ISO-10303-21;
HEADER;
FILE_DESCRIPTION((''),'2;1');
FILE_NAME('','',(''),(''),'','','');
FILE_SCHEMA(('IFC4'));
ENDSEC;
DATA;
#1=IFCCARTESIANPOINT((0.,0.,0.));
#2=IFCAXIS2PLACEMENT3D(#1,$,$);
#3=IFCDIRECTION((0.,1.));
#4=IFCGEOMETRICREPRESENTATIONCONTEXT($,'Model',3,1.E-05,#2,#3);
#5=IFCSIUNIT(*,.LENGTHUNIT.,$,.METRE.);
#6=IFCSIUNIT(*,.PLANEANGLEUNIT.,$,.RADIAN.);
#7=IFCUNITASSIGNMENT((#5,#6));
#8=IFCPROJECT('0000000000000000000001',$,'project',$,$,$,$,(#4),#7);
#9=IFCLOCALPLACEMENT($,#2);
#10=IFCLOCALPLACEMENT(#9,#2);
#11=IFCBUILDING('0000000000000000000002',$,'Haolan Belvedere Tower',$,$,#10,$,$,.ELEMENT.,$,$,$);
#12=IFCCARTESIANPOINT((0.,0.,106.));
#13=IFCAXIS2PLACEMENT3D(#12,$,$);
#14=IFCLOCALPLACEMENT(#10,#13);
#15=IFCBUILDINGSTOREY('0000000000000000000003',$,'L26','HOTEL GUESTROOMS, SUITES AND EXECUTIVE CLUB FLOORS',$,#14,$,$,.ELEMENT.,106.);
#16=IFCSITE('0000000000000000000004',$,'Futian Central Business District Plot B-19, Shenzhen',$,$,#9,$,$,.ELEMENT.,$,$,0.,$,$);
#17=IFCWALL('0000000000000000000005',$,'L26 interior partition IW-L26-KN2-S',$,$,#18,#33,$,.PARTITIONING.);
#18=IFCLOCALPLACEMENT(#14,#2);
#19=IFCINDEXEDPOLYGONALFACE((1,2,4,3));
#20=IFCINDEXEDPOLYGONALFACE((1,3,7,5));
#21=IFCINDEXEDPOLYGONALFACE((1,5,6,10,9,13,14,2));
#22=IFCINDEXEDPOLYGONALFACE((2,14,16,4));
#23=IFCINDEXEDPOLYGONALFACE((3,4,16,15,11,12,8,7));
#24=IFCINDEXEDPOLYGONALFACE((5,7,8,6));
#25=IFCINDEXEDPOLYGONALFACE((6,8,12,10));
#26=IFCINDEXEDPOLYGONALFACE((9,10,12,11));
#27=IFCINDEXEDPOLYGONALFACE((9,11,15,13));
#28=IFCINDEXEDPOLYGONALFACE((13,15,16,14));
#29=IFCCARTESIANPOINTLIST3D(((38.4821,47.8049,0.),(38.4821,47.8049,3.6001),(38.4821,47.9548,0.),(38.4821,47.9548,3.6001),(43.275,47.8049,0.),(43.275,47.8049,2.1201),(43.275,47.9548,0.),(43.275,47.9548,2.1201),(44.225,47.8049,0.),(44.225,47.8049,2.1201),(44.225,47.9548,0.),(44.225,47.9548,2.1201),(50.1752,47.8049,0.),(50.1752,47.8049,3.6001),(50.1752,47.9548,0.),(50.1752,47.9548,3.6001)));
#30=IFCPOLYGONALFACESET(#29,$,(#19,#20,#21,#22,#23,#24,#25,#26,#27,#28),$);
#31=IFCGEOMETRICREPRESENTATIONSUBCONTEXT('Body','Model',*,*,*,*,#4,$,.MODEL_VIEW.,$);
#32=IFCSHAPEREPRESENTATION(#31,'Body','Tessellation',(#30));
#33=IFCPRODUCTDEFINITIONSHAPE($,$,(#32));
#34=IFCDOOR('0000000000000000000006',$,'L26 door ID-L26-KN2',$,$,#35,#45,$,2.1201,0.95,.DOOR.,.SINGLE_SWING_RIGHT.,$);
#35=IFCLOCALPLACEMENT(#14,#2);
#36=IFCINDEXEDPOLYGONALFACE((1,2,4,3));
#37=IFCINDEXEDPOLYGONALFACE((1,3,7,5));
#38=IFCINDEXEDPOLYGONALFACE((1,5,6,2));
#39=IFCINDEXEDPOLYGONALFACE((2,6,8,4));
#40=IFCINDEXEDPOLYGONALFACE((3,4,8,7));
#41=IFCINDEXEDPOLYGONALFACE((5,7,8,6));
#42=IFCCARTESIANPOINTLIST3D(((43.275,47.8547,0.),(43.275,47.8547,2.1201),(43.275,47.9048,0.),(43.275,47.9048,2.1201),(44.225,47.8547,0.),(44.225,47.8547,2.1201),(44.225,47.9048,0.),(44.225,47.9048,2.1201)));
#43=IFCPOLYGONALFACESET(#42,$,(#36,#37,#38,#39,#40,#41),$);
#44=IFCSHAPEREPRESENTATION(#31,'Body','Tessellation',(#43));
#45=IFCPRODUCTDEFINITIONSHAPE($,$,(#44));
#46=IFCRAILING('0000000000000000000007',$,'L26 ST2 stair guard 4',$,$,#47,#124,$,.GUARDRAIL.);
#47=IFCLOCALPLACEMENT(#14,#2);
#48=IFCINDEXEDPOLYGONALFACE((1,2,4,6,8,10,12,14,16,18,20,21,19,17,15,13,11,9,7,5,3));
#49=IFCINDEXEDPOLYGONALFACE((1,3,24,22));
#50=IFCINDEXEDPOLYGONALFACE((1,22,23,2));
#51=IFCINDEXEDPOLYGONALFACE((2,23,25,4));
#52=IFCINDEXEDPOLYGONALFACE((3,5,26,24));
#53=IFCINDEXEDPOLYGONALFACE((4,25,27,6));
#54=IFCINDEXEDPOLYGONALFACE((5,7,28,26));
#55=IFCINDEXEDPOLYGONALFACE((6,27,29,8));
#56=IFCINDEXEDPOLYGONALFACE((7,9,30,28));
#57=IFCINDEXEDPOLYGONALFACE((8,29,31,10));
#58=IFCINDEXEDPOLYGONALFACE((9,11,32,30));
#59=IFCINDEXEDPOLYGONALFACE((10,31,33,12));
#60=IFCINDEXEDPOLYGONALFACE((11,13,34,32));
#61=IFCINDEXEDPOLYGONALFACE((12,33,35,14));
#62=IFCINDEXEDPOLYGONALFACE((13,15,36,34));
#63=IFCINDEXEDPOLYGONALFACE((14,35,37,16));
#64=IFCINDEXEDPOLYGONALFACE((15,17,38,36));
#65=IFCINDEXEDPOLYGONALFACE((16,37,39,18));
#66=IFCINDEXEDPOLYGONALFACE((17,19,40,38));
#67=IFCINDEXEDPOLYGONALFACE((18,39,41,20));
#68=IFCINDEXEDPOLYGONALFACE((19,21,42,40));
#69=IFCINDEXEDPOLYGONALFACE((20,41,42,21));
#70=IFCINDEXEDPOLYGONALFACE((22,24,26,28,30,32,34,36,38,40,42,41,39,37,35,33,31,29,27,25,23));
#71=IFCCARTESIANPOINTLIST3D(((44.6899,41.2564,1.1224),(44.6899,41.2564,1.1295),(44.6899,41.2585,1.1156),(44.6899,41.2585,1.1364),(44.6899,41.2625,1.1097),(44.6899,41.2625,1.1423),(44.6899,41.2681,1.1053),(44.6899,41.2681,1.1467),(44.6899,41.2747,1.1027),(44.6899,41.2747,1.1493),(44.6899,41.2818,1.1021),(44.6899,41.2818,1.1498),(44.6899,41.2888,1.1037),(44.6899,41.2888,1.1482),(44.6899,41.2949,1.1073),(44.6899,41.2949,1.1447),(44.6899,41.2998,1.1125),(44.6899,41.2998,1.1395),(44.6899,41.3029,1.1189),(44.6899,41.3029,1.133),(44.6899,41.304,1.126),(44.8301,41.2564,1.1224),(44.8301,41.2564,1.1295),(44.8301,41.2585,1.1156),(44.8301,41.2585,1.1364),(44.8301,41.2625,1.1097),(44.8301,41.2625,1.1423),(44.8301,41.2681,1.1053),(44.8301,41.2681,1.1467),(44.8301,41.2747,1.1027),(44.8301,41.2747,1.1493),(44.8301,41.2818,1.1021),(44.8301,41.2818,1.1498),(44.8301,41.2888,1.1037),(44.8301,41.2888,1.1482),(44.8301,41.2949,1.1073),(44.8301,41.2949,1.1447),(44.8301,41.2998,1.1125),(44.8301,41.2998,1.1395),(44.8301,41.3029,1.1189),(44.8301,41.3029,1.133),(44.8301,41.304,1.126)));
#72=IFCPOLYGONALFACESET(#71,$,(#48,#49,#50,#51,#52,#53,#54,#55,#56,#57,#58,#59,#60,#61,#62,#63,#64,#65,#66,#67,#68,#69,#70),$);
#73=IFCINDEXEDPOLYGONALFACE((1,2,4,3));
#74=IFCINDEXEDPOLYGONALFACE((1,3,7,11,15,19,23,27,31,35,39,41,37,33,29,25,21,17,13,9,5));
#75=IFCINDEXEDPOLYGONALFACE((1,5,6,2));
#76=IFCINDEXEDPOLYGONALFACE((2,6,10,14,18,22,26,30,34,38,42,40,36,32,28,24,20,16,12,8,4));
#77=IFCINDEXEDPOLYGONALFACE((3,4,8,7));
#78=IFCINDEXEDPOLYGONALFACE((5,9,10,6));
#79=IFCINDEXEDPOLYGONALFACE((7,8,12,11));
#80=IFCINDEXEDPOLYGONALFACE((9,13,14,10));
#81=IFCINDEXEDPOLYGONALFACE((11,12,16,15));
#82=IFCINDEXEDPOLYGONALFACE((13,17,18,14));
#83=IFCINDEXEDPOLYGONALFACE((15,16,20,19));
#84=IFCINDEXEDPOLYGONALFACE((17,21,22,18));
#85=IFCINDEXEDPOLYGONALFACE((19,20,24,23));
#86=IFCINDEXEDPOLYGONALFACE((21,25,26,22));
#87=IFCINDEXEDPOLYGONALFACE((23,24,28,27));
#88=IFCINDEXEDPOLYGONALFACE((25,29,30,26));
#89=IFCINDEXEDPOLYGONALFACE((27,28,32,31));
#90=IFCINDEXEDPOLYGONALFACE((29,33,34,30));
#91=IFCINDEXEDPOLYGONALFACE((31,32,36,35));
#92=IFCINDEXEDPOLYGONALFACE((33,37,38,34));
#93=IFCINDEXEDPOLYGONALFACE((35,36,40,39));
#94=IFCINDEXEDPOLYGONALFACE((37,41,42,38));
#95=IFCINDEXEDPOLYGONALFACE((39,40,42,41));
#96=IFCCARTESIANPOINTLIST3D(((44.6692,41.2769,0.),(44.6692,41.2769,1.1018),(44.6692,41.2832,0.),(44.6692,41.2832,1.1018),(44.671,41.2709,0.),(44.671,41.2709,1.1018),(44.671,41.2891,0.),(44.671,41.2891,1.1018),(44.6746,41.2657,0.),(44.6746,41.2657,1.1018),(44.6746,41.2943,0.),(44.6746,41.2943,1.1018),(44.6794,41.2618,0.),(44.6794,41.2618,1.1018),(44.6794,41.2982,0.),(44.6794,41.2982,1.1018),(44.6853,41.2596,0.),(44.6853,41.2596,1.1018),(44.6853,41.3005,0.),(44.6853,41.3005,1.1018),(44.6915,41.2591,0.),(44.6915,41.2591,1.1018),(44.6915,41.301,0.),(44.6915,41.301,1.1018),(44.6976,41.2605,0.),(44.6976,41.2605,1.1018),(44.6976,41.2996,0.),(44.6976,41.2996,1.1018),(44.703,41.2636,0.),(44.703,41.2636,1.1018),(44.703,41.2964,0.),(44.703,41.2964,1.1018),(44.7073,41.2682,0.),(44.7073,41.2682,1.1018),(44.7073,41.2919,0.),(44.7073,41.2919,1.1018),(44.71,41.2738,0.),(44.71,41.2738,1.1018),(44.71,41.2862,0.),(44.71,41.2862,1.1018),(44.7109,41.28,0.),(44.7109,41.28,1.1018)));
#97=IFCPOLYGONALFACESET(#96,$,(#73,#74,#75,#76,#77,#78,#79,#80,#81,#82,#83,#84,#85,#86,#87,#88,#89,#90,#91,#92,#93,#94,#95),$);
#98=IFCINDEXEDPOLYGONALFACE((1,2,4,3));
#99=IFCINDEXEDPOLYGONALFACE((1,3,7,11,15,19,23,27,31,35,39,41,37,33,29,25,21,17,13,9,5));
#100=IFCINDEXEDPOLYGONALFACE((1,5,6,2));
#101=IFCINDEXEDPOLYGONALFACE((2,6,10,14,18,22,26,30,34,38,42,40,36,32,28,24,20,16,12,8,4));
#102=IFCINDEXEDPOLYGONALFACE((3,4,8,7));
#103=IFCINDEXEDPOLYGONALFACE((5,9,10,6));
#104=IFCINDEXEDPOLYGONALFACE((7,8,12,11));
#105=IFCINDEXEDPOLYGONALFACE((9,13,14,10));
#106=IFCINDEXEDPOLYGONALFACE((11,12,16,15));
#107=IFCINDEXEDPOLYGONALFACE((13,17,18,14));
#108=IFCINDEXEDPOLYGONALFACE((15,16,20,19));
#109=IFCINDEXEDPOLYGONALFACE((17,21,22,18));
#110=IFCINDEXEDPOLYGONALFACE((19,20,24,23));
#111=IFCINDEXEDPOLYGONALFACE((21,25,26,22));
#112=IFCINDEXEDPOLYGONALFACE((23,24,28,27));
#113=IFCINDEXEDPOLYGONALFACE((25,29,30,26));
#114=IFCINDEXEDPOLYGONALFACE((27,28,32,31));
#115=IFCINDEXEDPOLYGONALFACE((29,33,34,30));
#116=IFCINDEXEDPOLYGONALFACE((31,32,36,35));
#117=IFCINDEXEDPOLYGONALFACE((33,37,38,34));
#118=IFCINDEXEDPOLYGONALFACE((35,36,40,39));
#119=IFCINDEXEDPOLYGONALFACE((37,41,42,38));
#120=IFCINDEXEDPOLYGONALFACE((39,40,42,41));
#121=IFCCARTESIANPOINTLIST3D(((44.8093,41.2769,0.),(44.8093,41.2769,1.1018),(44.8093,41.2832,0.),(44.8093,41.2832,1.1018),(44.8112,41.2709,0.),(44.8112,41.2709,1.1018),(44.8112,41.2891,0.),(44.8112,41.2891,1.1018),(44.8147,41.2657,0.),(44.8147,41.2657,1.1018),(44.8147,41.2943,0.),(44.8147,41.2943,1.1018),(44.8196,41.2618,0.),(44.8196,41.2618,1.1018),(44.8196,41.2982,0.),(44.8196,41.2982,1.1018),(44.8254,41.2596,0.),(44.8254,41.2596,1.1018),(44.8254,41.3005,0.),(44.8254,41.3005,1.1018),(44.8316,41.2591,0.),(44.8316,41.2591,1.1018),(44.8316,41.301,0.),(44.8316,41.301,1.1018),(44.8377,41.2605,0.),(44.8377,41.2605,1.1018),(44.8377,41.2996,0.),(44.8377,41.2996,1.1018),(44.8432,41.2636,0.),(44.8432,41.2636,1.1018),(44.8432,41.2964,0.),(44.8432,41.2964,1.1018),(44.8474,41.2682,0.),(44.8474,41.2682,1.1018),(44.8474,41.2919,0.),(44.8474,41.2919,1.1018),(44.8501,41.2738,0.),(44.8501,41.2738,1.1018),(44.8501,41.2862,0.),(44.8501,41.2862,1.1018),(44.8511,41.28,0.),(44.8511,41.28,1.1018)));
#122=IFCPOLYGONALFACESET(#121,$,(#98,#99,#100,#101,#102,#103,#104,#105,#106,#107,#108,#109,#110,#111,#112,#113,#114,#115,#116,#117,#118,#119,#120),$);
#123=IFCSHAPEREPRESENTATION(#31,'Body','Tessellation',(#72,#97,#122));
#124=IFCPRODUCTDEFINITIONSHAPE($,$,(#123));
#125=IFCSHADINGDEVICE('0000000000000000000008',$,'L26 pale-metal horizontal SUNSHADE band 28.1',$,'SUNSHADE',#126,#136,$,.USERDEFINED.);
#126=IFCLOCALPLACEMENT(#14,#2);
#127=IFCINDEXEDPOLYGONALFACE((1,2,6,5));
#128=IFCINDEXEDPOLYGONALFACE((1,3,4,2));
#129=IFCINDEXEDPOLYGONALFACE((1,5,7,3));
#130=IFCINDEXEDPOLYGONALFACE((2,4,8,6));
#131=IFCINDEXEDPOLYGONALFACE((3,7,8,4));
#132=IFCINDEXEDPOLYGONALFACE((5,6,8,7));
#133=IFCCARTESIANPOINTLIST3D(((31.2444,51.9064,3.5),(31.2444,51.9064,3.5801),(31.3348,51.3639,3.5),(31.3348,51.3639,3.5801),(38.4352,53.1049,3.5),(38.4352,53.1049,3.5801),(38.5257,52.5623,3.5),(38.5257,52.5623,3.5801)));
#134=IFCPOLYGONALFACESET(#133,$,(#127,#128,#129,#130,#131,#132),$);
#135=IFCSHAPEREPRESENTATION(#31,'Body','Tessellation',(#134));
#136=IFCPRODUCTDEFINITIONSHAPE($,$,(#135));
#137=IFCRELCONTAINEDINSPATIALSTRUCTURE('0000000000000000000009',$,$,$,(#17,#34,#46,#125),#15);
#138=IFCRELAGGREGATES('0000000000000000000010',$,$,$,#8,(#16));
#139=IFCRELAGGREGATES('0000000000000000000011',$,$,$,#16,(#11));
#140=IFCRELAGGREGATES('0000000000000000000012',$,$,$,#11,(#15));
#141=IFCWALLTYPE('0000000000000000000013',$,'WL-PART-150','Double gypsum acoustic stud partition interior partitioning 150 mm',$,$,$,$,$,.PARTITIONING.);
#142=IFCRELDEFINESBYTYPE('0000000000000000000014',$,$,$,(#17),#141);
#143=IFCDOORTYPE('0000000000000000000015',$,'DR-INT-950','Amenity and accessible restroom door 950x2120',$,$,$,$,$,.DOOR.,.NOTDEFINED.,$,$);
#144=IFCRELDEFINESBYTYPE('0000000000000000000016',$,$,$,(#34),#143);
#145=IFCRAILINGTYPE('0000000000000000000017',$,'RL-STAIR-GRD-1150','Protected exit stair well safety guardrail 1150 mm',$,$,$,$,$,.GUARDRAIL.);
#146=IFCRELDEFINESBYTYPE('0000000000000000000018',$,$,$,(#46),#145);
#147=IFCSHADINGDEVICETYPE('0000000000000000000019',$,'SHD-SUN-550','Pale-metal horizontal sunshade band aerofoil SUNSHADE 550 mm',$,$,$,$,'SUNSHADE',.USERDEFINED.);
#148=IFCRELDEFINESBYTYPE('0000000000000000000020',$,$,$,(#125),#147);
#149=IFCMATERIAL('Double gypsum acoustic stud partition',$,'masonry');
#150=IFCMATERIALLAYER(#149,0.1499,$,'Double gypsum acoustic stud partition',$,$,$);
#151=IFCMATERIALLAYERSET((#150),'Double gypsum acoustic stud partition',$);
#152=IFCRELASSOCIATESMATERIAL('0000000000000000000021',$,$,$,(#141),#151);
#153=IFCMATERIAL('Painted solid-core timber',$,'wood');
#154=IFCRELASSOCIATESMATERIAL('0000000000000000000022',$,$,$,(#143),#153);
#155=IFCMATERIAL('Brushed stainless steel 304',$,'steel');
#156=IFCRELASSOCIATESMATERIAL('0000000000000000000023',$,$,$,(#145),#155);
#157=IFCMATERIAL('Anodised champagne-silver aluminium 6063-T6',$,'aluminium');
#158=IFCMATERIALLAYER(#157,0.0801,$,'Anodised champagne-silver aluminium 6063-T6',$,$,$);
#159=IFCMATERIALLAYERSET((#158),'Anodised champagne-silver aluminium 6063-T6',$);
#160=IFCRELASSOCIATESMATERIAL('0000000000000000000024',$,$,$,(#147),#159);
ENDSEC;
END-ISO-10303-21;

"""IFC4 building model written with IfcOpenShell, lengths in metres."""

from ifc_helpers import new_model, si_unit, direction, frame, frame_2d, origin, origin_2d, place, context, subcontext, project, spatial, rectangle, circle, extrude, material, layer, layer_set, type_object, element, fill, save


model = new_model("IFC4")

# Units and contexts
model_context = context("Model", 3, precision=1e-05, world=origin(), true_north=direction((0.0, 1.0)))
body_context = subcontext(model_context, "Body", "Model", "MODEL_VIEW")
ifc_project = project(units=[si_unit("LENGTHUNIT", "METRE"), si_unit("PLANEANGLEUNIT", "RADIAN")], contexts=[model_context])

# Site, building, storey
site_placement = place(None, origin())
site = spatial("IfcSite", under=ifc_project, at=site_placement, Name="Futian Central Business District Plot B-19, Shenzhen", CompositionType="ELEMENT", RefElevation=0.0)
building_placement = place(site_placement, origin())
building = spatial("IfcBuilding", under=site, at=building_placement, Name="Haolan Belvedere Tower", CompositionType="ELEMENT")
storey_placement = place(building_placement, frame((0.0, 0.0, 106.0)))
storey = spatial("IfcBuildingStorey", under=building, at=storey_placement, Name="L26", Description="HOTEL GUESTROOMS, SUITES AND EXECUTIVE CLUB FLOORS", CompositionType="ELEMENT", Elevation=106.0)

# Shared definitions
ifc_material_1 = material(Name="Double gypsum acoustic stud partition", Category="masonry")
ifc_layer_1 = layer(ifc_material_1, 0.1499, Name="Double gypsum acoustic stud partition")
ifc_layer_set_1 = layer_set([ifc_layer_1], Name="Double gypsum acoustic stud partition")
wall_type_1 = type_object("IfcWallType", Name="WL-PART-150", Description="Double gypsum acoustic stud partition interior partitioning 150 mm", PredefinedType="PARTITIONING", material=ifc_layer_set_1)

# Wall, opening, door
wall_1_placement = place(storey_placement, frame((38.4819, 47.8799, 0.0), z_axis=(0.0, 0.0, 1.0), x_axis=(1.0, 0.0, 0.0)))
wall_1 = element("IfcWall", 1, at=wall_1_placement, inside=storey, type_object=wall_type_1, Name="L26 interior partition IW-L26-KN2-S", PredefinedType="PARTITIONING", context=body_context, shape_type="SweptSolid", body=[
    extrude(rectangle(XDim=11.6931, YDim=0.1499, at=frame_2d((5.8467, 0.0))), origin(), (0.0, 0.0, 1.0), 3.6001),
])
opening_1_placement = place(wall_1_placement, frame((4.793, 0.0, 0.0)))
opening_1 = element("IfcOpeningElement", 2, at=opening_1_placement, cuts=wall_1, PredefinedType="OPENING", context=body_context, shape_type="SweptSolid", body=[
    extrude(rectangle(XDim=0.95, YDim=2.1201, at=frame_2d((0.4751, 1.0601))), frame((0.0, 0.085, 0.0), z_axis=(0.0, -1.0, 0.0), x_axis=(1.0, 0.0, 0.0)), (0.0, 0.0, 1.0), 0.1699),
])
ifc_material_2 = material(Name="Painted solid-core timber", Category="wood")
door_type_1 = type_object("IfcDoorType", Name="DR-INT-950", Description="Amenity and accessible restroom door 950x2120", OperationType="NOTDEFINED", PredefinedType="DOOR", material=ifc_material_2)
door_1_placement = place(opening_1_placement, origin())
door_1 = element("IfcDoor", 3, at=door_1_placement, inside=storey, type_object=door_type_1, Name="L26 door ID-L26-KN2", OperationType="SINGLE_SWING_RIGHT", OverallHeight=2.1201, OverallWidth=0.95, PredefinedType="DOOR", context=body_context, shape_type="SweptSolid", body=[
    extrude(rectangle(XDim=0.95, YDim=2.1201, at=frame_2d((0.4751, 1.0601))), frame((0.0, 0.0249, 0.0), z_axis=(0.0, -1.0, 0.0), x_axis=(1.0, 0.0, 0.0)), (0.0, 0.0, 1.0), 0.05),
])
fill(opening_1, door_1)

# Railing
ifc_material_3 = material(Name="Brushed stainless steel 304", Category="steel")
railing_type = type_object("IfcRailingType", Name="RL-STAIR-GRD-1150", Description="Protected exit stair well safety guardrail 1150 mm", PredefinedType="GUARDRAIL", material=ifc_material_3)
railing_placement = place(storey_placement, frame((44.6899, 41.28, 0.0)))
element("IfcRailing", 4, at=railing_placement, inside=storey, type_object=railing_type, Name="L26 ST2 stair guard 4", PredefinedType="GUARDRAIL", context=body_context, shape_type="SweptSolid", body=[
    extrude(circle(Radius=0.0239, at=origin_2d()), frame((0.0, 0.0, 1.126), z_axis=(1.0, 0.0, 0.0), x_axis=(0.0, 1.0, 0.0)), (0.0, 0.0, 1.0), 0.1401),
    extrude(circle(Radius=0.021, at=origin_2d()), origin(), (0.0, 0.0, 1.0), 1.1018),
    extrude(circle(Radius=0.021, at=origin_2d()), frame((0.1401, 0.0, 0.0)), (0.0, 0.0, 1.0), 1.1018),
])

# Shading device
ifc_material_4 = material(Name="Anodised champagne-silver aluminium 6063-T6", Category="aluminium")
ifc_layer_2 = layer(ifc_material_4, 0.0801, Name="Anodised champagne-silver aluminium 6063-T6")
ifc_layer_set_2 = layer_set([ifc_layer_2], Name="Anodised champagne-silver aluminium 6063-T6")
shading_device_type = type_object("IfcShadingDeviceType", Name="SHD-SUN-550", Description="Pale-metal horizontal sunshade band aerofoil SUNSHADE 550 mm", ElementType="SUNSHADE", PredefinedType="USERDEFINED", material=ifc_layer_set_2)
shading_device_placement = place(storey_placement, frame((34.885, 52.2344, 3.5), z_axis=(0.0, 0.0, 1.0), x_axis=(-0.986395, -0.164393, 0.0)))
element("IfcShadingDevice", 5, at=shading_device_placement, inside=storey, type_object=shading_device_type, Name="L26 pale-metal horizontal SUNSHADE band 28.1", ObjectType="SUNSHADE", PredefinedType="USERDEFINED", context=body_context, shape_type="SweptSolid", body=[
    extrude(rectangle(XDim=7.29, YDim=0.55, at=origin_2d()), origin(), (0.0, 0.0, 1.0), 0.0801),
])

save(model, "model.ifc")
